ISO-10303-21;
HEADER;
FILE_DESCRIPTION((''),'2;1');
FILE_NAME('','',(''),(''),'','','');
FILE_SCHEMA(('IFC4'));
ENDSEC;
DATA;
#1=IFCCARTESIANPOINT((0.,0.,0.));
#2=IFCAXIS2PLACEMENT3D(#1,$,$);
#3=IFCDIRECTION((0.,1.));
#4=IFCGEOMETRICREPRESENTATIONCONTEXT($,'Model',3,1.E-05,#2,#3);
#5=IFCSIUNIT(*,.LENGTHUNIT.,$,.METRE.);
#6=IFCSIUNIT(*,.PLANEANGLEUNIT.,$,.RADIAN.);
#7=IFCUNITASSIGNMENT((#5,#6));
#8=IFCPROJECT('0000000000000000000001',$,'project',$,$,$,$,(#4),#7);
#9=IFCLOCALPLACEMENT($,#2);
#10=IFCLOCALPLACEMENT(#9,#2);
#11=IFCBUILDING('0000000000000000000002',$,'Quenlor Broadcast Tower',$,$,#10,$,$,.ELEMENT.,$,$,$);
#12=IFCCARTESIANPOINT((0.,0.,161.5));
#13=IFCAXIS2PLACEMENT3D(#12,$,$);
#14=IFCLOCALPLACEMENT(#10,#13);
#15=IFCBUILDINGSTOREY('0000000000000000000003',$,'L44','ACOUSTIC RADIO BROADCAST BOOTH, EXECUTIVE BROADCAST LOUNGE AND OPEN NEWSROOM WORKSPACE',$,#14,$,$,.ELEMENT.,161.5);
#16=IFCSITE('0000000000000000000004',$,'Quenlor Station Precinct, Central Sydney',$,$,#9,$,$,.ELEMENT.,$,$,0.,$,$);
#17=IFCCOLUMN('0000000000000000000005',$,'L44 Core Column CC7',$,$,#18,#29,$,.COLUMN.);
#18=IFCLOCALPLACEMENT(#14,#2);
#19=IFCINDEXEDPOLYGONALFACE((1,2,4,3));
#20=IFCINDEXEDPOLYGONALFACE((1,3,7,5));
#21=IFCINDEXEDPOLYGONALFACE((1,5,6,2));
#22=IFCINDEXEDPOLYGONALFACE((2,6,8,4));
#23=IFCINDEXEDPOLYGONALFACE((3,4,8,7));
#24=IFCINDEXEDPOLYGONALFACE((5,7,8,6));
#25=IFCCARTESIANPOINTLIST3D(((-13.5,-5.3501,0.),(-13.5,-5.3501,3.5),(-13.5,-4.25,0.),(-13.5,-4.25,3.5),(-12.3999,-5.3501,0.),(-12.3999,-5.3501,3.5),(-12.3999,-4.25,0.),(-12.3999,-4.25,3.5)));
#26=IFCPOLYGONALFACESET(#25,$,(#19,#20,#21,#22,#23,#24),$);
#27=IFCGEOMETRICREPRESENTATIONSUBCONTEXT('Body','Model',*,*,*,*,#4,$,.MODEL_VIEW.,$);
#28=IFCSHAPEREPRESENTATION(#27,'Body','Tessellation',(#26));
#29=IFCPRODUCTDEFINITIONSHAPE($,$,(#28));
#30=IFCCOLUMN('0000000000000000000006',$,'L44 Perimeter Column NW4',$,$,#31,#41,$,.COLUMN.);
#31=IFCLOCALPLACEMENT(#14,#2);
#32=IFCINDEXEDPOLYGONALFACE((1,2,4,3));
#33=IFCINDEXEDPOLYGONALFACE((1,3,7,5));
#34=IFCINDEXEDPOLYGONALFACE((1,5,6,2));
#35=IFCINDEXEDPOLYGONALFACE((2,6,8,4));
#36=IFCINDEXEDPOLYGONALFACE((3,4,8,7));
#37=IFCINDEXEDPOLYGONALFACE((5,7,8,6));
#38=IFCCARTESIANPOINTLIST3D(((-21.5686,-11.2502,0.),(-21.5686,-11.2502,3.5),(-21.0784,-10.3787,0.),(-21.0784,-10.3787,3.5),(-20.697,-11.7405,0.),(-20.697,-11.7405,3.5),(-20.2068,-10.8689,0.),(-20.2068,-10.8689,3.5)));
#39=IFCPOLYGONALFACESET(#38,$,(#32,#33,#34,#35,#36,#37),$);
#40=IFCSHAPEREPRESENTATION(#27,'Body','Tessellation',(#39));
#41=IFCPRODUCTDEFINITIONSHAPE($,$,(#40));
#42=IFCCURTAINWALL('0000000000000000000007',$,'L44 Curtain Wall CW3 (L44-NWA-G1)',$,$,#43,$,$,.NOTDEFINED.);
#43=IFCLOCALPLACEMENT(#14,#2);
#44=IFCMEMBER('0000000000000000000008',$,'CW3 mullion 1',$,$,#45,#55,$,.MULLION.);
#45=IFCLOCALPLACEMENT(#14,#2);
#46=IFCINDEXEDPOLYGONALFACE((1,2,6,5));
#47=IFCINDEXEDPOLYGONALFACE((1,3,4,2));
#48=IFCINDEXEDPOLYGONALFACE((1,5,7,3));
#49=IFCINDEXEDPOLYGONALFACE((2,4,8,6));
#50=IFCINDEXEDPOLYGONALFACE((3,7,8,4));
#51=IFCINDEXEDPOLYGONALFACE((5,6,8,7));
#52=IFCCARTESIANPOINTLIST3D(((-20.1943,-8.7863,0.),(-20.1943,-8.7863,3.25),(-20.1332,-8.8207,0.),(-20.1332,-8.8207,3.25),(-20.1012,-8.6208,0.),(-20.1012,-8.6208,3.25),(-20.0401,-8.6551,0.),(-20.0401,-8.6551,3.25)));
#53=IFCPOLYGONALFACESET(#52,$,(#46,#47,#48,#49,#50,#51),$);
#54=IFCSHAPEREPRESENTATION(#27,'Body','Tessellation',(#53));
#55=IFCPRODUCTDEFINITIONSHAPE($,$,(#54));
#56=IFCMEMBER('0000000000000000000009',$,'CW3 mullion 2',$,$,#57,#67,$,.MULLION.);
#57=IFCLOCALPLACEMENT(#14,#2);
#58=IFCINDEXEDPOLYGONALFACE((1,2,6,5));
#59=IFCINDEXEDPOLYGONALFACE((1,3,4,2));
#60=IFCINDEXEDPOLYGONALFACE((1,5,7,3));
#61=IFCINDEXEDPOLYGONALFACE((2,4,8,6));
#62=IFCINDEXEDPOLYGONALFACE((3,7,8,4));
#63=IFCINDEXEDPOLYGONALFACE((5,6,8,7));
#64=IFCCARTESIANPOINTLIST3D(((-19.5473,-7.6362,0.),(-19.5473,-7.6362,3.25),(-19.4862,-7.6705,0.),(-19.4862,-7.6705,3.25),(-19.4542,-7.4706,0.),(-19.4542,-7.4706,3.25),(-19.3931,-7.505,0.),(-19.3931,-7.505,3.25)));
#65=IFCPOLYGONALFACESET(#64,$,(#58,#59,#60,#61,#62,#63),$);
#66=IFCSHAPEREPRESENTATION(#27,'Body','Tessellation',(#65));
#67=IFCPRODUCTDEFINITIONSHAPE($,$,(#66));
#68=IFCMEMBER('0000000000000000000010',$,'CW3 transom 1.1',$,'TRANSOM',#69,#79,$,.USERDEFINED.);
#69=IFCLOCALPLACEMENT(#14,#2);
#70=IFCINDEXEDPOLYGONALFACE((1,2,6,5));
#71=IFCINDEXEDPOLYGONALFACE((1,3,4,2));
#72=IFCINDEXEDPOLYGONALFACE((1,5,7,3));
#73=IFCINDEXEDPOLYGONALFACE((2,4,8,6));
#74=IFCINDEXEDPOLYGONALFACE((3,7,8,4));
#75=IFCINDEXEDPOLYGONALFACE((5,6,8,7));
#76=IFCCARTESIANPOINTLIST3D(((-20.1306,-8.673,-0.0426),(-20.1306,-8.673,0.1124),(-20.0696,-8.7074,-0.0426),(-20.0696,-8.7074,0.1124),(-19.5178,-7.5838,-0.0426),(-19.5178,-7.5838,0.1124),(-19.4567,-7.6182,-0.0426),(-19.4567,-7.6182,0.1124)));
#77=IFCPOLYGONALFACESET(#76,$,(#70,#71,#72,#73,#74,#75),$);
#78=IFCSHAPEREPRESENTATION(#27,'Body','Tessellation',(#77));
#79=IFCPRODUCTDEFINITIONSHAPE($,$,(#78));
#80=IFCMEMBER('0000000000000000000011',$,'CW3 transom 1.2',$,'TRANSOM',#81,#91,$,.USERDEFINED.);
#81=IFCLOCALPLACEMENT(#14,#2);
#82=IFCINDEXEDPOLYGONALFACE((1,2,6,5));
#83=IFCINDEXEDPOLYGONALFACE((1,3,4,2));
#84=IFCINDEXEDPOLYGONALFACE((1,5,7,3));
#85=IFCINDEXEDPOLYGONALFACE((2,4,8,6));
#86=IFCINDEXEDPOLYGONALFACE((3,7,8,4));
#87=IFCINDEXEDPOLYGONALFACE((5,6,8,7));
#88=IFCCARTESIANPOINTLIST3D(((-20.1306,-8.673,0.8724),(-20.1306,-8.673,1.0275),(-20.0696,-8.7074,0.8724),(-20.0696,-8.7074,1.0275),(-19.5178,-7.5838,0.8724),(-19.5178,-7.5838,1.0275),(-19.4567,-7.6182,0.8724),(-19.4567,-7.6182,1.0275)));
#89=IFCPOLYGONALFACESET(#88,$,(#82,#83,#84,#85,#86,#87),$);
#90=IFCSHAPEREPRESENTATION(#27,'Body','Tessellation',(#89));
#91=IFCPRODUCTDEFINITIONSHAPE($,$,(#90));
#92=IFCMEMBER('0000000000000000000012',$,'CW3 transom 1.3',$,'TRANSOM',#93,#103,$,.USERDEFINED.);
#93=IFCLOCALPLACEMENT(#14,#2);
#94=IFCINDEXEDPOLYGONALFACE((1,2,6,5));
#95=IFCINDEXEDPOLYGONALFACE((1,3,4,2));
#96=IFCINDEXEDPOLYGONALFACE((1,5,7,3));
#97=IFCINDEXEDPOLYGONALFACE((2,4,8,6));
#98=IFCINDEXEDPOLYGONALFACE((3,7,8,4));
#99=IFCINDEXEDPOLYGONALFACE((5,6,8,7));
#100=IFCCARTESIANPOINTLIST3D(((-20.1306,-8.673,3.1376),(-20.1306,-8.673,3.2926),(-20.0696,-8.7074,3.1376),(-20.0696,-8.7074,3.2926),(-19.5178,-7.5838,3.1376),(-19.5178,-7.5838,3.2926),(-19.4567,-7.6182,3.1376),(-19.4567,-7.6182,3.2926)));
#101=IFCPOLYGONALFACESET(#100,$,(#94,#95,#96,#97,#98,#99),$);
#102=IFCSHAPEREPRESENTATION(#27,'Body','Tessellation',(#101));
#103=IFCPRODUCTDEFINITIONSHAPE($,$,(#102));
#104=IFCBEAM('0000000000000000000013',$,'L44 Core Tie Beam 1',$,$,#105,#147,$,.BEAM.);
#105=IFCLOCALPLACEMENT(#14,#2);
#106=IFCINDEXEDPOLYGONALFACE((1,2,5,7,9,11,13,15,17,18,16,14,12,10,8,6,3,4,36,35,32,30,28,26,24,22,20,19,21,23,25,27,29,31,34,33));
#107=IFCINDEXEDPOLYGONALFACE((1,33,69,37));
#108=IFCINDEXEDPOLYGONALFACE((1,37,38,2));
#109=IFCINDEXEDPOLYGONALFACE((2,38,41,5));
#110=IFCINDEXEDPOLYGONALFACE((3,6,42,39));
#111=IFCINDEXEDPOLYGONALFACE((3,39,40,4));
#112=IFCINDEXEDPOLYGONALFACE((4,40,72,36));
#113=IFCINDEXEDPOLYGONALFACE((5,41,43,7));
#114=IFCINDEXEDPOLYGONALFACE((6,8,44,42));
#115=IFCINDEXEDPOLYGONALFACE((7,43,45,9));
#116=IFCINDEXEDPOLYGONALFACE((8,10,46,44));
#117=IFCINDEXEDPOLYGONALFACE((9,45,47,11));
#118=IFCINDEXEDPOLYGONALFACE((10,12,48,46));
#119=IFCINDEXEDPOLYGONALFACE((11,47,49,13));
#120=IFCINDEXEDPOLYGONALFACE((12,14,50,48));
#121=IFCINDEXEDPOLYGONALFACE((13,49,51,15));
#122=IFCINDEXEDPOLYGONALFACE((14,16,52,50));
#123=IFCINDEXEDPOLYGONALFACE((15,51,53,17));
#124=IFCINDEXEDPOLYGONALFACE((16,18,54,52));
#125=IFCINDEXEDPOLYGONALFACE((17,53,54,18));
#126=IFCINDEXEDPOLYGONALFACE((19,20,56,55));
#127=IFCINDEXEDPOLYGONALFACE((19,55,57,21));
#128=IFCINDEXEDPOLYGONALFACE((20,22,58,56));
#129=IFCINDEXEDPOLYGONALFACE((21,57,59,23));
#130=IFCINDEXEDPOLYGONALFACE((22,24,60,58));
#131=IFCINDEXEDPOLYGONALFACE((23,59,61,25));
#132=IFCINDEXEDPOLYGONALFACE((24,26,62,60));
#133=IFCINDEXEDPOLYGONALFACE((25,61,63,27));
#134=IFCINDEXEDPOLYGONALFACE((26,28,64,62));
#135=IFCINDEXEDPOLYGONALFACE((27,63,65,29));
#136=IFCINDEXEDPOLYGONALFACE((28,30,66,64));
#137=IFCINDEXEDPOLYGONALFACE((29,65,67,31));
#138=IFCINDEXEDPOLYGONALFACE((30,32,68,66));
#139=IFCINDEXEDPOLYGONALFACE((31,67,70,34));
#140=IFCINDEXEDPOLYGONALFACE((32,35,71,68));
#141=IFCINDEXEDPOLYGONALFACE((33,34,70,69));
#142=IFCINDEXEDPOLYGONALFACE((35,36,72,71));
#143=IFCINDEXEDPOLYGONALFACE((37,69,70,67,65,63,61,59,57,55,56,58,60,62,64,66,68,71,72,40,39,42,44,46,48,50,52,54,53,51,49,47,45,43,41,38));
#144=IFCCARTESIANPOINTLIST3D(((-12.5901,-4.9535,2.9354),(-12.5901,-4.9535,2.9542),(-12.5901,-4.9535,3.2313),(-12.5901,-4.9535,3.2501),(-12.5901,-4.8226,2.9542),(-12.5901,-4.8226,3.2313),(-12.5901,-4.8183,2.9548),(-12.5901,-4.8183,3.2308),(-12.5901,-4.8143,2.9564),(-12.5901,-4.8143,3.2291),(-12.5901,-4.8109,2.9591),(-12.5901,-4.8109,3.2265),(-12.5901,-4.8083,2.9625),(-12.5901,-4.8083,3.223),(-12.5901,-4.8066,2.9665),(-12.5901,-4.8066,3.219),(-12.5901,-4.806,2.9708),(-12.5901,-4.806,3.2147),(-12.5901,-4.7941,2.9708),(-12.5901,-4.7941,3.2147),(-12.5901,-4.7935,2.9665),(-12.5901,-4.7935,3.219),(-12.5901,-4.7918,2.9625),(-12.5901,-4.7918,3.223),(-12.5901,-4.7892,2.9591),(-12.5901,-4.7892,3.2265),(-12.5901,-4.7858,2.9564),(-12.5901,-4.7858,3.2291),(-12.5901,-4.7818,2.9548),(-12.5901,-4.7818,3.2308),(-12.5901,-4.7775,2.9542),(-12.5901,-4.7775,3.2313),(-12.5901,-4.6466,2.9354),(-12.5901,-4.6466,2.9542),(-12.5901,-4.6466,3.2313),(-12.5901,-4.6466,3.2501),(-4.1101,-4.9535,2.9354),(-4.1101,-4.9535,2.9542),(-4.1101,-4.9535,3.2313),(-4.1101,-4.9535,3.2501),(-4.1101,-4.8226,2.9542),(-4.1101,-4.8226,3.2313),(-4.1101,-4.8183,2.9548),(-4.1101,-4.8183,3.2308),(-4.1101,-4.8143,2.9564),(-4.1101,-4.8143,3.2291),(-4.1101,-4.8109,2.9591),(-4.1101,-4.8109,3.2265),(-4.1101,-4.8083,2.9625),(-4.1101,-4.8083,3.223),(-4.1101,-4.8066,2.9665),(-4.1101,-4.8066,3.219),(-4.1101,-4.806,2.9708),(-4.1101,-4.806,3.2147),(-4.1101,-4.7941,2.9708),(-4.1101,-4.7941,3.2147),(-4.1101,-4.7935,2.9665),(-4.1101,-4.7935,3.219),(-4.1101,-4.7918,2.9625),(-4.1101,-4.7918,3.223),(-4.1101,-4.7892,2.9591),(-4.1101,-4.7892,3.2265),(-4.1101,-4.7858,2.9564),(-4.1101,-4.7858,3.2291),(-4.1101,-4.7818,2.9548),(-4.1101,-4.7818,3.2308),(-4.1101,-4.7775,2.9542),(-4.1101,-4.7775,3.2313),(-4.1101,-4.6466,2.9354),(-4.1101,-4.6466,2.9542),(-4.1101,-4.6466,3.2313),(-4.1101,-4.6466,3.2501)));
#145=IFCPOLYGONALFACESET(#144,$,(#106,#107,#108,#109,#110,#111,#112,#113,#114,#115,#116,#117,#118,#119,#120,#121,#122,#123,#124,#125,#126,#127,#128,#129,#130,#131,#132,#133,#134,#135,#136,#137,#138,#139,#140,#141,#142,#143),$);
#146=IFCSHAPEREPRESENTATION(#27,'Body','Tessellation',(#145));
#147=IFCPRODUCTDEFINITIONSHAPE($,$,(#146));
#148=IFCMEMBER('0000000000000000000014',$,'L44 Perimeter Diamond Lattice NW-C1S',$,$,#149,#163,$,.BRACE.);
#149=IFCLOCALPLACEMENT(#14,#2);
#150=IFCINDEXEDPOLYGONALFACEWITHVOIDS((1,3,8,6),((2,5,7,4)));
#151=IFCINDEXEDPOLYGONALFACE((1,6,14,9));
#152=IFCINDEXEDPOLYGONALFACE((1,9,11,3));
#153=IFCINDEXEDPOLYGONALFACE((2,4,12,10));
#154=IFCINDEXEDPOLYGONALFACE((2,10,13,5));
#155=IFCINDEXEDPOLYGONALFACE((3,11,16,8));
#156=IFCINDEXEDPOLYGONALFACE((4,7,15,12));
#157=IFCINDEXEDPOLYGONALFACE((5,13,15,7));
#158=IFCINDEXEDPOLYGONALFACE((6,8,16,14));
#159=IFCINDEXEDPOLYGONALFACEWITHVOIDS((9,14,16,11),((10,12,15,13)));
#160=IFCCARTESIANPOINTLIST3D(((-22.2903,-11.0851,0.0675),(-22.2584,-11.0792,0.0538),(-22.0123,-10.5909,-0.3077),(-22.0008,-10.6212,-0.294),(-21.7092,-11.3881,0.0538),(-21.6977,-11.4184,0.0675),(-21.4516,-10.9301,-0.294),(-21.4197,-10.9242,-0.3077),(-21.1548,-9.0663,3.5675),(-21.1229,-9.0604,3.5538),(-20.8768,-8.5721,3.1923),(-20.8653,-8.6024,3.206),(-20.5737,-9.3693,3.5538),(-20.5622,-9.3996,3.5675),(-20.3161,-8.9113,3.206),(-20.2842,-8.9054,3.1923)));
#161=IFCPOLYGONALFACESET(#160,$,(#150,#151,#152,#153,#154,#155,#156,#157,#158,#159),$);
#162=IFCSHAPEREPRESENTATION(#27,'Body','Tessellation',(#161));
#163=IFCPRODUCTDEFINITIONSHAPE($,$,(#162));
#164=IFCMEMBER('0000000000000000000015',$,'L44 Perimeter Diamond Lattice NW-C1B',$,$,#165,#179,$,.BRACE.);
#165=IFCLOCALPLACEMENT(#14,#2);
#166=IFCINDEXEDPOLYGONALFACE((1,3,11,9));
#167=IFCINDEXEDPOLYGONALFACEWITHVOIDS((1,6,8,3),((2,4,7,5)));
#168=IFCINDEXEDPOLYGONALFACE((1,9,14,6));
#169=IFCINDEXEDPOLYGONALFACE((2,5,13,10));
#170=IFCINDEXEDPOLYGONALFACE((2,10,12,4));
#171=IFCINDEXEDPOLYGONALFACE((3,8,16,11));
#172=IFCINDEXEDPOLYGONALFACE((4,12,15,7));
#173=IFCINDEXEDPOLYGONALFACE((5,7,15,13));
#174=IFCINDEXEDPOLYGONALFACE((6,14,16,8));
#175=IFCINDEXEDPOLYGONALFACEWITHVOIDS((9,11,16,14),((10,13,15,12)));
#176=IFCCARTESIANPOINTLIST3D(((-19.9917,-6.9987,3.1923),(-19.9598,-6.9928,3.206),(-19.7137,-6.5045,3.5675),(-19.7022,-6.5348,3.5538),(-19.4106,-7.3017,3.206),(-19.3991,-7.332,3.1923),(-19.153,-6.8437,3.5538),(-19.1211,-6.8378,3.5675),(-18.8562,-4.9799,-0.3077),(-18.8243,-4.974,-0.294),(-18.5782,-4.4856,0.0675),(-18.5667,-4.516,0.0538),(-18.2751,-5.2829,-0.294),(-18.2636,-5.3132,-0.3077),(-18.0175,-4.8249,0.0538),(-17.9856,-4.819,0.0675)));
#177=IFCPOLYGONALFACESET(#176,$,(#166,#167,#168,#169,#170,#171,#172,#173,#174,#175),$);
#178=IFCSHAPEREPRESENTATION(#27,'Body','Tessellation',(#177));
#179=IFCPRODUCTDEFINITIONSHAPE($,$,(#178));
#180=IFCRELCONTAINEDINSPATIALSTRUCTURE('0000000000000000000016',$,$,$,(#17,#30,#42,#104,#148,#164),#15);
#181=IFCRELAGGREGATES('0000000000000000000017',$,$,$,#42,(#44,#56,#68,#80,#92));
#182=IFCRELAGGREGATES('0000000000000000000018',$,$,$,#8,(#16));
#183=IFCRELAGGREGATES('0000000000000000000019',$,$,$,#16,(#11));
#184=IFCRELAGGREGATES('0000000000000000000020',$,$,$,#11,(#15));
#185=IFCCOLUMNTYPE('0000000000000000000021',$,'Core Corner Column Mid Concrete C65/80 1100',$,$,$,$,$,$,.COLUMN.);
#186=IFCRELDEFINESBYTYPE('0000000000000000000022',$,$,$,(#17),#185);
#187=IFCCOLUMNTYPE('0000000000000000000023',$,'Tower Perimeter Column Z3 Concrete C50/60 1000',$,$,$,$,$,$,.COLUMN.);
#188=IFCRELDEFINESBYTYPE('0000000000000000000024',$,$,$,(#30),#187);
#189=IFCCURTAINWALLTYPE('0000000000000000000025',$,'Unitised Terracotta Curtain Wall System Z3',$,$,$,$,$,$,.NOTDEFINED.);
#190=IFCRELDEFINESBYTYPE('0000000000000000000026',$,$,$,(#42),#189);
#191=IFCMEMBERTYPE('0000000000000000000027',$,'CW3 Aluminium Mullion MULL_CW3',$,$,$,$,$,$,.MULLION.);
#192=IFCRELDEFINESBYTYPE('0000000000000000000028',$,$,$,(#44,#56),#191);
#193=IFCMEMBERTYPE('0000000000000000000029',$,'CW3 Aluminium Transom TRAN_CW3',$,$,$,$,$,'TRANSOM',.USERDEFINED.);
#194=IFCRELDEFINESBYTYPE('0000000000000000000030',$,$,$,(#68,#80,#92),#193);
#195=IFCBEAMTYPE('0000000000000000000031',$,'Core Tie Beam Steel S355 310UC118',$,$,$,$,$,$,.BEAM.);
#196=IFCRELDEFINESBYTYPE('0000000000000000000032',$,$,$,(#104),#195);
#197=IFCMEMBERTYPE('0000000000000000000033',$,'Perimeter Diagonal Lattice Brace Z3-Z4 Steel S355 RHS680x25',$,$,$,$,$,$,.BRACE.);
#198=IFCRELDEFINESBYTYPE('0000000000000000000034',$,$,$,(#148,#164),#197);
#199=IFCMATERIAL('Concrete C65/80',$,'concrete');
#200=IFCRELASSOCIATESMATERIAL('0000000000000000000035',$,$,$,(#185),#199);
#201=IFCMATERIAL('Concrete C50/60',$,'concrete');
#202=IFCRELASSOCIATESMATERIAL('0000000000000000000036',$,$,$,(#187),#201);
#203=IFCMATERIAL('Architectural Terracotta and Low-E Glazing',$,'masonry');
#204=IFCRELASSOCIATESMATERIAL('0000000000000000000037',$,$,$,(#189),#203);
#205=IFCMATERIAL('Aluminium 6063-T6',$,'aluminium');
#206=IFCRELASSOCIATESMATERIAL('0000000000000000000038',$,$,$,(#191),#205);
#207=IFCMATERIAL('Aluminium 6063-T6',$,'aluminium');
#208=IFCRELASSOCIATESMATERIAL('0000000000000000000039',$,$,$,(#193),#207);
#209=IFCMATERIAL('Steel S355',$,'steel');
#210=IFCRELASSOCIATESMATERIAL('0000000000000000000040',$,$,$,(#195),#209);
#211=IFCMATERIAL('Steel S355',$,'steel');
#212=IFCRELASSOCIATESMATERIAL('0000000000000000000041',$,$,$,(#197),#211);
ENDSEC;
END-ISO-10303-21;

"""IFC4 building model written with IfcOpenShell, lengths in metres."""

from ifc_helpers import new_model, si_unit, direction, frame, origin, origin_2d, place, context, subcontext, project, spatial, rectangle, hollow_rectangle, i_section, extrude, material, material_profile, profile_set, type_object, element, aggregate, save


model = new_model("IFC4")

# Units and contexts
model_context = context("Model", 3, precision=1e-05, world=origin(), true_north=direction((0.0, 1.0)))
body_context = subcontext(model_context, "Body", "Model", "MODEL_VIEW")
ifc_project = project(units=[si_unit("LENGTHUNIT", "METRE"), si_unit("PLANEANGLEUNIT", "RADIAN")], contexts=[model_context])

# Site, building, storey
site_placement = place(None, origin())
site = spatial("IfcSite", under=ifc_project, at=site_placement, Name="Quenlor Station Precinct, Central Sydney", CompositionType="ELEMENT", RefElevation=0.0)
building_placement = place(site_placement, origin())
building = spatial("IfcBuilding", under=site, at=building_placement, Name="Quenlor Broadcast Tower", CompositionType="ELEMENT")
storey_placement = place(building_placement, frame((0.0, 0.0, 161.5)))
storey = spatial("IfcBuildingStorey", under=building, at=storey_placement, Name="L44", Description="ACOUSTIC RADIO BROADCAST BOOTH, EXECUTIVE BROADCAST LOUNGE AND OPEN NEWSROOM WORKSPACE", CompositionType="ELEMENT", Elevation=161.5)

# Columns
ifc_material_1 = material(Name="Concrete C65/80", Category="concrete")
ifc_material_profile_1 = material_profile(ifc_material_1, rectangle(XDim=1.1001, YDim=1.1001, at=origin_2d()))
ifc_profile_set_1 = profile_set([ifc_material_profile_1], Name="Concrete C65/80 RC1100x1100")
column_type_1 = type_object("IfcColumnType", Name="Core Corner Column Mid Concrete C65/80 1100", PredefinedType="COLUMN", material=ifc_profile_set_1)
column_1_placement = place(storey_placement, frame((-12.95, -4.8, 0.0), z_axis=(0.0, 0.0, 1.0), x_axis=(1.0, 0.0, 0.0)))
element("IfcColumn", 1, at=column_1_placement, inside=storey, type_object=column_type_1, Name="L44 Core Column CC7", PredefinedType="COLUMN", context=body_context, shape_type="SweptSolid", body=[
    extrude(rectangle(XDim=1.1001, YDim=1.1001, at=origin_2d()), origin(), (0.0, 0.0, 1.0), 3.5),
])
ifc_material_2 = material(Name="Concrete C50/60", Category="concrete")
ifc_material_profile_2 = material_profile(ifc_material_2, rectangle(XDim=1.0, YDim=1.0, at=origin_2d()))
ifc_profile_set_2 = profile_set([ifc_material_profile_2], Name="Concrete C50/60 RC1000x1000")
column_type_2 = type_object("IfcColumnType", Name="Tower Perimeter Column Z3 Concrete C50/60 1000", PredefinedType="COLUMN", material=ifc_profile_set_2)
column_2_placement = place(storey_placement, frame((-20.8877, -11.0596, 0.0), z_axis=(0.0, 0.0, 1.0), x_axis=(-0.871575, 0.490262, 0.0)))
element("IfcColumn", 2, at=column_2_placement, inside=storey, type_object=column_type_2, Name="L44 Perimeter Column NW4", PredefinedType="COLUMN", context=body_context, shape_type="SweptSolid", body=[
    extrude(rectangle(XDim=1.0, YDim=1.0, at=origin_2d()), origin(), (0.0, 0.0, 1.0), 3.5),
])

# Curtain wall, members
ifc_material_3 = material(Name="Architectural Terracotta and Low-E Glazing", Category="masonry")
curtain_wall_type = type_object("IfcCurtainWallType", Name="Unitised Terracotta Curtain Wall System Z3", PredefinedType="NOTDEFINED", material=ifc_material_3)
curtain_wall_placement = place(storey_placement, origin())
curtain_wall = element("IfcCurtainWall", 3, at=curtain_wall_placement, inside=storey, type_object=curtain_wall_type, Name="L44 Curtain Wall CW3 (L44-NWA-G1)", PredefinedType="NOTDEFINED")
ifc_material_4 = material(Name="Aluminium 6063-T6", Category="aluminium")
ifc_material_profile_3 = material_profile(ifc_material_4, rectangle(XDim=0.0701, YDim=0.1899, at=origin_2d()))
ifc_profile_set_3 = profile_set([ifc_material_profile_3], Name="Aluminium 6063-T6 MULL70x190")
member_type_1 = type_object("IfcMemberType", Name="CW3 Aluminium Mullion MULL_CW3", PredefinedType="MULLION", material=ifc_profile_set_3)
member_1_placement = place(storey_placement, frame((-20.1172, -8.7207, 0.0), z_axis=(0.0, 0.0, 1.0), x_axis=(-0.871576, 0.490261, 0.0)))
member_1 = element("IfcMember", 4, at=member_1_placement, type_object=member_type_1, Name="CW3 mullion 1", PredefinedType="MULLION", context=body_context, shape_type="SweptSolid", body=[
    extrude(rectangle(XDim=0.0701, YDim=0.1899, at=origin_2d()), origin(), (0.0, 0.0, 1.0), 3.25),
])
member_2_placement = place(storey_placement, frame((-19.4702, -7.5706, 0.0), z_axis=(0.0, 0.0, 1.0), x_axis=(-0.871576, 0.490261, 0.0)))
member_2 = element("IfcMember", 5, at=member_2_placement, type_object=member_type_1, Name="CW3 mullion 2", PredefinedType="MULLION", context=body_context, shape_type="SweptSolid", body=[
    extrude(rectangle(XDim=0.0701, YDim=0.1899, at=origin_2d()), origin(), (0.0, 0.0, 1.0), 3.25),
])
ifc_material_5 = material(Name="Aluminium 6063-T6", Category="aluminium")
ifc_material_profile_4 = material_profile(ifc_material_5, rectangle(XDim=0.0701, YDim=0.155, at=origin_2d()))
ifc_profile_set_4 = profile_set([ifc_material_profile_4], Name="Aluminium 6063-T6 TRAN70x155")
member_type_2 = type_object("IfcMemberType", Name="CW3 Aluminium Transom TRAN_CW3", ElementType="TRANSOM", PredefinedType="USERDEFINED", material=ifc_profile_set_4)
member_3_placement = place(storey_placement, frame((-20.1001, -8.6902, 0.0349), z_axis=(0.490363, 0.871518, 0.0), x_axis=(-0.871518, 0.490363, 0.0)))
member_3 = element("IfcMember", 6, at=member_3_placement, type_object=member_type_2, Name="CW3 transom 1.1", ObjectType="TRANSOM", PredefinedType="USERDEFINED", context=body_context, shape_type="SweptSolid", body=[
    extrude(rectangle(XDim=0.0701, YDim=0.155, at=origin_2d()), origin(), (0.0, 0.0, 1.0), 1.2498),
])
member_4_placement = place(storey_placement, frame((-20.1001, -8.6902, 0.95), z_axis=(0.490363, 0.871518, 0.0), x_axis=(-0.871518, 0.490363, 0.0)))
member_4 = element("IfcMember", 7, at=member_4_placement, type_object=member_type_2, Name="CW3 transom 1.2", ObjectType="TRANSOM", PredefinedType="USERDEFINED", context=body_context, shape_type="SweptSolid", body=[
    extrude(rectangle(XDim=0.0701, YDim=0.155, at=origin_2d()), origin(), (0.0, 0.0, 1.0), 1.2498),
])
member_5_placement = place(storey_placement, frame((-20.1001, -8.6902, 3.2151), z_axis=(0.490363, 0.871518, 0.0), x_axis=(-0.871518, 0.490363, 0.0)))
member_5 = element("IfcMember", 8, at=member_5_placement, type_object=member_type_2, Name="CW3 transom 1.3", ObjectType="TRANSOM", PredefinedType="USERDEFINED", context=body_context, shape_type="SweptSolid", body=[
    extrude(rectangle(XDim=0.0701, YDim=0.155, at=origin_2d()), origin(), (0.0, 0.0, 1.0), 1.2498),
])

# Beam
ifc_material_6 = material(Name="Steel S355", Category="steel")
ifc_material_profile_5 = material_profile(ifc_material_6, i_section(OverallWidth=0.3069, OverallDepth=0.3147, WebThickness=0.012, FlangeThickness=0.0188, FilletRadius=0.0166, at=origin_2d()))
ifc_profile_set_5 = profile_set([ifc_material_profile_5], Name="Steel S355 310UC118")
beam_type_1 = type_object("IfcBeamType", Name="Core Tie Beam Steel S355 310UC118", PredefinedType="BEAM", material=ifc_profile_set_5)
beam_1_placement = place(storey_placement, frame((-12.5901, -4.8, 3.0928), z_axis=(1.0, 0.0, 0.0), x_axis=(0.0, 1.0, 0.0)))
element("IfcBeam", 9, at=beam_1_placement, inside=storey, type_object=beam_type_1, Name="L44 Core Tie Beam 1", PredefinedType="BEAM", context=body_context, shape_type="SweptSolid", body=[
    extrude(i_section(OverallWidth=0.3069, OverallDepth=0.3147, WebThickness=0.012, FlangeThickness=0.0188, FilletRadius=0.0166, at=origin_2d()), origin(), (0.0, 0.0, 1.0), 8.48),
])

# Members
ifc_material_7 = material(Name="Steel S355", Category="steel")
ifc_material_profile_6 = material_profile(ifc_material_7, hollow_rectangle(XDim=0.6799, YDim=0.6799, WallThickness=0.0249, at=origin_2d()))
ifc_profile_set_6 = profile_set([ifc_material_profile_6], Name="Steel S355 RHS680x680x25")
member_type_3 = type_object("IfcMemberType", Name="Perimeter Diagonal Lattice Brace Z3-Z4 Steel S355 RHS680x25", PredefinedType="BRACE", material=ifc_profile_set_6)
for number, where, z_axis, x_axis, name in (
    (10, (-21.855, -11.0046, -0.1201), (0.270549, 0.481009, 0.833927), (-0.87159, 0.490236, 0.0), "L44 Perimeter Diamond Lattice NW-C1S"),
    (11, (-18.4209, -4.8994, -0.1201), (-0.270549, -0.481009, 0.833927), (0.87159, -0.490236, 0.0), "L44 Perimeter Diamond Lattice NW-C1B"),
):
    element("IfcMember", number, at=place(storey_placement, frame(where, z_axis=z_axis, x_axis=x_axis)), inside=storey, type_object=member_type_3, Name=name, PredefinedType="BRACE", context=body_context, shape_type="SweptSolid", body=[
        extrude(hollow_rectangle(XDim=0.6799, YDim=0.6799, WallThickness=0.0249, at=origin_2d()), origin(), (0.0, 0.0, 1.0), 4.197),
    ])

aggregate(curtain_wall, [member_1, member_2, member_3, member_4, member_5])

save(model, "model.ifc")
